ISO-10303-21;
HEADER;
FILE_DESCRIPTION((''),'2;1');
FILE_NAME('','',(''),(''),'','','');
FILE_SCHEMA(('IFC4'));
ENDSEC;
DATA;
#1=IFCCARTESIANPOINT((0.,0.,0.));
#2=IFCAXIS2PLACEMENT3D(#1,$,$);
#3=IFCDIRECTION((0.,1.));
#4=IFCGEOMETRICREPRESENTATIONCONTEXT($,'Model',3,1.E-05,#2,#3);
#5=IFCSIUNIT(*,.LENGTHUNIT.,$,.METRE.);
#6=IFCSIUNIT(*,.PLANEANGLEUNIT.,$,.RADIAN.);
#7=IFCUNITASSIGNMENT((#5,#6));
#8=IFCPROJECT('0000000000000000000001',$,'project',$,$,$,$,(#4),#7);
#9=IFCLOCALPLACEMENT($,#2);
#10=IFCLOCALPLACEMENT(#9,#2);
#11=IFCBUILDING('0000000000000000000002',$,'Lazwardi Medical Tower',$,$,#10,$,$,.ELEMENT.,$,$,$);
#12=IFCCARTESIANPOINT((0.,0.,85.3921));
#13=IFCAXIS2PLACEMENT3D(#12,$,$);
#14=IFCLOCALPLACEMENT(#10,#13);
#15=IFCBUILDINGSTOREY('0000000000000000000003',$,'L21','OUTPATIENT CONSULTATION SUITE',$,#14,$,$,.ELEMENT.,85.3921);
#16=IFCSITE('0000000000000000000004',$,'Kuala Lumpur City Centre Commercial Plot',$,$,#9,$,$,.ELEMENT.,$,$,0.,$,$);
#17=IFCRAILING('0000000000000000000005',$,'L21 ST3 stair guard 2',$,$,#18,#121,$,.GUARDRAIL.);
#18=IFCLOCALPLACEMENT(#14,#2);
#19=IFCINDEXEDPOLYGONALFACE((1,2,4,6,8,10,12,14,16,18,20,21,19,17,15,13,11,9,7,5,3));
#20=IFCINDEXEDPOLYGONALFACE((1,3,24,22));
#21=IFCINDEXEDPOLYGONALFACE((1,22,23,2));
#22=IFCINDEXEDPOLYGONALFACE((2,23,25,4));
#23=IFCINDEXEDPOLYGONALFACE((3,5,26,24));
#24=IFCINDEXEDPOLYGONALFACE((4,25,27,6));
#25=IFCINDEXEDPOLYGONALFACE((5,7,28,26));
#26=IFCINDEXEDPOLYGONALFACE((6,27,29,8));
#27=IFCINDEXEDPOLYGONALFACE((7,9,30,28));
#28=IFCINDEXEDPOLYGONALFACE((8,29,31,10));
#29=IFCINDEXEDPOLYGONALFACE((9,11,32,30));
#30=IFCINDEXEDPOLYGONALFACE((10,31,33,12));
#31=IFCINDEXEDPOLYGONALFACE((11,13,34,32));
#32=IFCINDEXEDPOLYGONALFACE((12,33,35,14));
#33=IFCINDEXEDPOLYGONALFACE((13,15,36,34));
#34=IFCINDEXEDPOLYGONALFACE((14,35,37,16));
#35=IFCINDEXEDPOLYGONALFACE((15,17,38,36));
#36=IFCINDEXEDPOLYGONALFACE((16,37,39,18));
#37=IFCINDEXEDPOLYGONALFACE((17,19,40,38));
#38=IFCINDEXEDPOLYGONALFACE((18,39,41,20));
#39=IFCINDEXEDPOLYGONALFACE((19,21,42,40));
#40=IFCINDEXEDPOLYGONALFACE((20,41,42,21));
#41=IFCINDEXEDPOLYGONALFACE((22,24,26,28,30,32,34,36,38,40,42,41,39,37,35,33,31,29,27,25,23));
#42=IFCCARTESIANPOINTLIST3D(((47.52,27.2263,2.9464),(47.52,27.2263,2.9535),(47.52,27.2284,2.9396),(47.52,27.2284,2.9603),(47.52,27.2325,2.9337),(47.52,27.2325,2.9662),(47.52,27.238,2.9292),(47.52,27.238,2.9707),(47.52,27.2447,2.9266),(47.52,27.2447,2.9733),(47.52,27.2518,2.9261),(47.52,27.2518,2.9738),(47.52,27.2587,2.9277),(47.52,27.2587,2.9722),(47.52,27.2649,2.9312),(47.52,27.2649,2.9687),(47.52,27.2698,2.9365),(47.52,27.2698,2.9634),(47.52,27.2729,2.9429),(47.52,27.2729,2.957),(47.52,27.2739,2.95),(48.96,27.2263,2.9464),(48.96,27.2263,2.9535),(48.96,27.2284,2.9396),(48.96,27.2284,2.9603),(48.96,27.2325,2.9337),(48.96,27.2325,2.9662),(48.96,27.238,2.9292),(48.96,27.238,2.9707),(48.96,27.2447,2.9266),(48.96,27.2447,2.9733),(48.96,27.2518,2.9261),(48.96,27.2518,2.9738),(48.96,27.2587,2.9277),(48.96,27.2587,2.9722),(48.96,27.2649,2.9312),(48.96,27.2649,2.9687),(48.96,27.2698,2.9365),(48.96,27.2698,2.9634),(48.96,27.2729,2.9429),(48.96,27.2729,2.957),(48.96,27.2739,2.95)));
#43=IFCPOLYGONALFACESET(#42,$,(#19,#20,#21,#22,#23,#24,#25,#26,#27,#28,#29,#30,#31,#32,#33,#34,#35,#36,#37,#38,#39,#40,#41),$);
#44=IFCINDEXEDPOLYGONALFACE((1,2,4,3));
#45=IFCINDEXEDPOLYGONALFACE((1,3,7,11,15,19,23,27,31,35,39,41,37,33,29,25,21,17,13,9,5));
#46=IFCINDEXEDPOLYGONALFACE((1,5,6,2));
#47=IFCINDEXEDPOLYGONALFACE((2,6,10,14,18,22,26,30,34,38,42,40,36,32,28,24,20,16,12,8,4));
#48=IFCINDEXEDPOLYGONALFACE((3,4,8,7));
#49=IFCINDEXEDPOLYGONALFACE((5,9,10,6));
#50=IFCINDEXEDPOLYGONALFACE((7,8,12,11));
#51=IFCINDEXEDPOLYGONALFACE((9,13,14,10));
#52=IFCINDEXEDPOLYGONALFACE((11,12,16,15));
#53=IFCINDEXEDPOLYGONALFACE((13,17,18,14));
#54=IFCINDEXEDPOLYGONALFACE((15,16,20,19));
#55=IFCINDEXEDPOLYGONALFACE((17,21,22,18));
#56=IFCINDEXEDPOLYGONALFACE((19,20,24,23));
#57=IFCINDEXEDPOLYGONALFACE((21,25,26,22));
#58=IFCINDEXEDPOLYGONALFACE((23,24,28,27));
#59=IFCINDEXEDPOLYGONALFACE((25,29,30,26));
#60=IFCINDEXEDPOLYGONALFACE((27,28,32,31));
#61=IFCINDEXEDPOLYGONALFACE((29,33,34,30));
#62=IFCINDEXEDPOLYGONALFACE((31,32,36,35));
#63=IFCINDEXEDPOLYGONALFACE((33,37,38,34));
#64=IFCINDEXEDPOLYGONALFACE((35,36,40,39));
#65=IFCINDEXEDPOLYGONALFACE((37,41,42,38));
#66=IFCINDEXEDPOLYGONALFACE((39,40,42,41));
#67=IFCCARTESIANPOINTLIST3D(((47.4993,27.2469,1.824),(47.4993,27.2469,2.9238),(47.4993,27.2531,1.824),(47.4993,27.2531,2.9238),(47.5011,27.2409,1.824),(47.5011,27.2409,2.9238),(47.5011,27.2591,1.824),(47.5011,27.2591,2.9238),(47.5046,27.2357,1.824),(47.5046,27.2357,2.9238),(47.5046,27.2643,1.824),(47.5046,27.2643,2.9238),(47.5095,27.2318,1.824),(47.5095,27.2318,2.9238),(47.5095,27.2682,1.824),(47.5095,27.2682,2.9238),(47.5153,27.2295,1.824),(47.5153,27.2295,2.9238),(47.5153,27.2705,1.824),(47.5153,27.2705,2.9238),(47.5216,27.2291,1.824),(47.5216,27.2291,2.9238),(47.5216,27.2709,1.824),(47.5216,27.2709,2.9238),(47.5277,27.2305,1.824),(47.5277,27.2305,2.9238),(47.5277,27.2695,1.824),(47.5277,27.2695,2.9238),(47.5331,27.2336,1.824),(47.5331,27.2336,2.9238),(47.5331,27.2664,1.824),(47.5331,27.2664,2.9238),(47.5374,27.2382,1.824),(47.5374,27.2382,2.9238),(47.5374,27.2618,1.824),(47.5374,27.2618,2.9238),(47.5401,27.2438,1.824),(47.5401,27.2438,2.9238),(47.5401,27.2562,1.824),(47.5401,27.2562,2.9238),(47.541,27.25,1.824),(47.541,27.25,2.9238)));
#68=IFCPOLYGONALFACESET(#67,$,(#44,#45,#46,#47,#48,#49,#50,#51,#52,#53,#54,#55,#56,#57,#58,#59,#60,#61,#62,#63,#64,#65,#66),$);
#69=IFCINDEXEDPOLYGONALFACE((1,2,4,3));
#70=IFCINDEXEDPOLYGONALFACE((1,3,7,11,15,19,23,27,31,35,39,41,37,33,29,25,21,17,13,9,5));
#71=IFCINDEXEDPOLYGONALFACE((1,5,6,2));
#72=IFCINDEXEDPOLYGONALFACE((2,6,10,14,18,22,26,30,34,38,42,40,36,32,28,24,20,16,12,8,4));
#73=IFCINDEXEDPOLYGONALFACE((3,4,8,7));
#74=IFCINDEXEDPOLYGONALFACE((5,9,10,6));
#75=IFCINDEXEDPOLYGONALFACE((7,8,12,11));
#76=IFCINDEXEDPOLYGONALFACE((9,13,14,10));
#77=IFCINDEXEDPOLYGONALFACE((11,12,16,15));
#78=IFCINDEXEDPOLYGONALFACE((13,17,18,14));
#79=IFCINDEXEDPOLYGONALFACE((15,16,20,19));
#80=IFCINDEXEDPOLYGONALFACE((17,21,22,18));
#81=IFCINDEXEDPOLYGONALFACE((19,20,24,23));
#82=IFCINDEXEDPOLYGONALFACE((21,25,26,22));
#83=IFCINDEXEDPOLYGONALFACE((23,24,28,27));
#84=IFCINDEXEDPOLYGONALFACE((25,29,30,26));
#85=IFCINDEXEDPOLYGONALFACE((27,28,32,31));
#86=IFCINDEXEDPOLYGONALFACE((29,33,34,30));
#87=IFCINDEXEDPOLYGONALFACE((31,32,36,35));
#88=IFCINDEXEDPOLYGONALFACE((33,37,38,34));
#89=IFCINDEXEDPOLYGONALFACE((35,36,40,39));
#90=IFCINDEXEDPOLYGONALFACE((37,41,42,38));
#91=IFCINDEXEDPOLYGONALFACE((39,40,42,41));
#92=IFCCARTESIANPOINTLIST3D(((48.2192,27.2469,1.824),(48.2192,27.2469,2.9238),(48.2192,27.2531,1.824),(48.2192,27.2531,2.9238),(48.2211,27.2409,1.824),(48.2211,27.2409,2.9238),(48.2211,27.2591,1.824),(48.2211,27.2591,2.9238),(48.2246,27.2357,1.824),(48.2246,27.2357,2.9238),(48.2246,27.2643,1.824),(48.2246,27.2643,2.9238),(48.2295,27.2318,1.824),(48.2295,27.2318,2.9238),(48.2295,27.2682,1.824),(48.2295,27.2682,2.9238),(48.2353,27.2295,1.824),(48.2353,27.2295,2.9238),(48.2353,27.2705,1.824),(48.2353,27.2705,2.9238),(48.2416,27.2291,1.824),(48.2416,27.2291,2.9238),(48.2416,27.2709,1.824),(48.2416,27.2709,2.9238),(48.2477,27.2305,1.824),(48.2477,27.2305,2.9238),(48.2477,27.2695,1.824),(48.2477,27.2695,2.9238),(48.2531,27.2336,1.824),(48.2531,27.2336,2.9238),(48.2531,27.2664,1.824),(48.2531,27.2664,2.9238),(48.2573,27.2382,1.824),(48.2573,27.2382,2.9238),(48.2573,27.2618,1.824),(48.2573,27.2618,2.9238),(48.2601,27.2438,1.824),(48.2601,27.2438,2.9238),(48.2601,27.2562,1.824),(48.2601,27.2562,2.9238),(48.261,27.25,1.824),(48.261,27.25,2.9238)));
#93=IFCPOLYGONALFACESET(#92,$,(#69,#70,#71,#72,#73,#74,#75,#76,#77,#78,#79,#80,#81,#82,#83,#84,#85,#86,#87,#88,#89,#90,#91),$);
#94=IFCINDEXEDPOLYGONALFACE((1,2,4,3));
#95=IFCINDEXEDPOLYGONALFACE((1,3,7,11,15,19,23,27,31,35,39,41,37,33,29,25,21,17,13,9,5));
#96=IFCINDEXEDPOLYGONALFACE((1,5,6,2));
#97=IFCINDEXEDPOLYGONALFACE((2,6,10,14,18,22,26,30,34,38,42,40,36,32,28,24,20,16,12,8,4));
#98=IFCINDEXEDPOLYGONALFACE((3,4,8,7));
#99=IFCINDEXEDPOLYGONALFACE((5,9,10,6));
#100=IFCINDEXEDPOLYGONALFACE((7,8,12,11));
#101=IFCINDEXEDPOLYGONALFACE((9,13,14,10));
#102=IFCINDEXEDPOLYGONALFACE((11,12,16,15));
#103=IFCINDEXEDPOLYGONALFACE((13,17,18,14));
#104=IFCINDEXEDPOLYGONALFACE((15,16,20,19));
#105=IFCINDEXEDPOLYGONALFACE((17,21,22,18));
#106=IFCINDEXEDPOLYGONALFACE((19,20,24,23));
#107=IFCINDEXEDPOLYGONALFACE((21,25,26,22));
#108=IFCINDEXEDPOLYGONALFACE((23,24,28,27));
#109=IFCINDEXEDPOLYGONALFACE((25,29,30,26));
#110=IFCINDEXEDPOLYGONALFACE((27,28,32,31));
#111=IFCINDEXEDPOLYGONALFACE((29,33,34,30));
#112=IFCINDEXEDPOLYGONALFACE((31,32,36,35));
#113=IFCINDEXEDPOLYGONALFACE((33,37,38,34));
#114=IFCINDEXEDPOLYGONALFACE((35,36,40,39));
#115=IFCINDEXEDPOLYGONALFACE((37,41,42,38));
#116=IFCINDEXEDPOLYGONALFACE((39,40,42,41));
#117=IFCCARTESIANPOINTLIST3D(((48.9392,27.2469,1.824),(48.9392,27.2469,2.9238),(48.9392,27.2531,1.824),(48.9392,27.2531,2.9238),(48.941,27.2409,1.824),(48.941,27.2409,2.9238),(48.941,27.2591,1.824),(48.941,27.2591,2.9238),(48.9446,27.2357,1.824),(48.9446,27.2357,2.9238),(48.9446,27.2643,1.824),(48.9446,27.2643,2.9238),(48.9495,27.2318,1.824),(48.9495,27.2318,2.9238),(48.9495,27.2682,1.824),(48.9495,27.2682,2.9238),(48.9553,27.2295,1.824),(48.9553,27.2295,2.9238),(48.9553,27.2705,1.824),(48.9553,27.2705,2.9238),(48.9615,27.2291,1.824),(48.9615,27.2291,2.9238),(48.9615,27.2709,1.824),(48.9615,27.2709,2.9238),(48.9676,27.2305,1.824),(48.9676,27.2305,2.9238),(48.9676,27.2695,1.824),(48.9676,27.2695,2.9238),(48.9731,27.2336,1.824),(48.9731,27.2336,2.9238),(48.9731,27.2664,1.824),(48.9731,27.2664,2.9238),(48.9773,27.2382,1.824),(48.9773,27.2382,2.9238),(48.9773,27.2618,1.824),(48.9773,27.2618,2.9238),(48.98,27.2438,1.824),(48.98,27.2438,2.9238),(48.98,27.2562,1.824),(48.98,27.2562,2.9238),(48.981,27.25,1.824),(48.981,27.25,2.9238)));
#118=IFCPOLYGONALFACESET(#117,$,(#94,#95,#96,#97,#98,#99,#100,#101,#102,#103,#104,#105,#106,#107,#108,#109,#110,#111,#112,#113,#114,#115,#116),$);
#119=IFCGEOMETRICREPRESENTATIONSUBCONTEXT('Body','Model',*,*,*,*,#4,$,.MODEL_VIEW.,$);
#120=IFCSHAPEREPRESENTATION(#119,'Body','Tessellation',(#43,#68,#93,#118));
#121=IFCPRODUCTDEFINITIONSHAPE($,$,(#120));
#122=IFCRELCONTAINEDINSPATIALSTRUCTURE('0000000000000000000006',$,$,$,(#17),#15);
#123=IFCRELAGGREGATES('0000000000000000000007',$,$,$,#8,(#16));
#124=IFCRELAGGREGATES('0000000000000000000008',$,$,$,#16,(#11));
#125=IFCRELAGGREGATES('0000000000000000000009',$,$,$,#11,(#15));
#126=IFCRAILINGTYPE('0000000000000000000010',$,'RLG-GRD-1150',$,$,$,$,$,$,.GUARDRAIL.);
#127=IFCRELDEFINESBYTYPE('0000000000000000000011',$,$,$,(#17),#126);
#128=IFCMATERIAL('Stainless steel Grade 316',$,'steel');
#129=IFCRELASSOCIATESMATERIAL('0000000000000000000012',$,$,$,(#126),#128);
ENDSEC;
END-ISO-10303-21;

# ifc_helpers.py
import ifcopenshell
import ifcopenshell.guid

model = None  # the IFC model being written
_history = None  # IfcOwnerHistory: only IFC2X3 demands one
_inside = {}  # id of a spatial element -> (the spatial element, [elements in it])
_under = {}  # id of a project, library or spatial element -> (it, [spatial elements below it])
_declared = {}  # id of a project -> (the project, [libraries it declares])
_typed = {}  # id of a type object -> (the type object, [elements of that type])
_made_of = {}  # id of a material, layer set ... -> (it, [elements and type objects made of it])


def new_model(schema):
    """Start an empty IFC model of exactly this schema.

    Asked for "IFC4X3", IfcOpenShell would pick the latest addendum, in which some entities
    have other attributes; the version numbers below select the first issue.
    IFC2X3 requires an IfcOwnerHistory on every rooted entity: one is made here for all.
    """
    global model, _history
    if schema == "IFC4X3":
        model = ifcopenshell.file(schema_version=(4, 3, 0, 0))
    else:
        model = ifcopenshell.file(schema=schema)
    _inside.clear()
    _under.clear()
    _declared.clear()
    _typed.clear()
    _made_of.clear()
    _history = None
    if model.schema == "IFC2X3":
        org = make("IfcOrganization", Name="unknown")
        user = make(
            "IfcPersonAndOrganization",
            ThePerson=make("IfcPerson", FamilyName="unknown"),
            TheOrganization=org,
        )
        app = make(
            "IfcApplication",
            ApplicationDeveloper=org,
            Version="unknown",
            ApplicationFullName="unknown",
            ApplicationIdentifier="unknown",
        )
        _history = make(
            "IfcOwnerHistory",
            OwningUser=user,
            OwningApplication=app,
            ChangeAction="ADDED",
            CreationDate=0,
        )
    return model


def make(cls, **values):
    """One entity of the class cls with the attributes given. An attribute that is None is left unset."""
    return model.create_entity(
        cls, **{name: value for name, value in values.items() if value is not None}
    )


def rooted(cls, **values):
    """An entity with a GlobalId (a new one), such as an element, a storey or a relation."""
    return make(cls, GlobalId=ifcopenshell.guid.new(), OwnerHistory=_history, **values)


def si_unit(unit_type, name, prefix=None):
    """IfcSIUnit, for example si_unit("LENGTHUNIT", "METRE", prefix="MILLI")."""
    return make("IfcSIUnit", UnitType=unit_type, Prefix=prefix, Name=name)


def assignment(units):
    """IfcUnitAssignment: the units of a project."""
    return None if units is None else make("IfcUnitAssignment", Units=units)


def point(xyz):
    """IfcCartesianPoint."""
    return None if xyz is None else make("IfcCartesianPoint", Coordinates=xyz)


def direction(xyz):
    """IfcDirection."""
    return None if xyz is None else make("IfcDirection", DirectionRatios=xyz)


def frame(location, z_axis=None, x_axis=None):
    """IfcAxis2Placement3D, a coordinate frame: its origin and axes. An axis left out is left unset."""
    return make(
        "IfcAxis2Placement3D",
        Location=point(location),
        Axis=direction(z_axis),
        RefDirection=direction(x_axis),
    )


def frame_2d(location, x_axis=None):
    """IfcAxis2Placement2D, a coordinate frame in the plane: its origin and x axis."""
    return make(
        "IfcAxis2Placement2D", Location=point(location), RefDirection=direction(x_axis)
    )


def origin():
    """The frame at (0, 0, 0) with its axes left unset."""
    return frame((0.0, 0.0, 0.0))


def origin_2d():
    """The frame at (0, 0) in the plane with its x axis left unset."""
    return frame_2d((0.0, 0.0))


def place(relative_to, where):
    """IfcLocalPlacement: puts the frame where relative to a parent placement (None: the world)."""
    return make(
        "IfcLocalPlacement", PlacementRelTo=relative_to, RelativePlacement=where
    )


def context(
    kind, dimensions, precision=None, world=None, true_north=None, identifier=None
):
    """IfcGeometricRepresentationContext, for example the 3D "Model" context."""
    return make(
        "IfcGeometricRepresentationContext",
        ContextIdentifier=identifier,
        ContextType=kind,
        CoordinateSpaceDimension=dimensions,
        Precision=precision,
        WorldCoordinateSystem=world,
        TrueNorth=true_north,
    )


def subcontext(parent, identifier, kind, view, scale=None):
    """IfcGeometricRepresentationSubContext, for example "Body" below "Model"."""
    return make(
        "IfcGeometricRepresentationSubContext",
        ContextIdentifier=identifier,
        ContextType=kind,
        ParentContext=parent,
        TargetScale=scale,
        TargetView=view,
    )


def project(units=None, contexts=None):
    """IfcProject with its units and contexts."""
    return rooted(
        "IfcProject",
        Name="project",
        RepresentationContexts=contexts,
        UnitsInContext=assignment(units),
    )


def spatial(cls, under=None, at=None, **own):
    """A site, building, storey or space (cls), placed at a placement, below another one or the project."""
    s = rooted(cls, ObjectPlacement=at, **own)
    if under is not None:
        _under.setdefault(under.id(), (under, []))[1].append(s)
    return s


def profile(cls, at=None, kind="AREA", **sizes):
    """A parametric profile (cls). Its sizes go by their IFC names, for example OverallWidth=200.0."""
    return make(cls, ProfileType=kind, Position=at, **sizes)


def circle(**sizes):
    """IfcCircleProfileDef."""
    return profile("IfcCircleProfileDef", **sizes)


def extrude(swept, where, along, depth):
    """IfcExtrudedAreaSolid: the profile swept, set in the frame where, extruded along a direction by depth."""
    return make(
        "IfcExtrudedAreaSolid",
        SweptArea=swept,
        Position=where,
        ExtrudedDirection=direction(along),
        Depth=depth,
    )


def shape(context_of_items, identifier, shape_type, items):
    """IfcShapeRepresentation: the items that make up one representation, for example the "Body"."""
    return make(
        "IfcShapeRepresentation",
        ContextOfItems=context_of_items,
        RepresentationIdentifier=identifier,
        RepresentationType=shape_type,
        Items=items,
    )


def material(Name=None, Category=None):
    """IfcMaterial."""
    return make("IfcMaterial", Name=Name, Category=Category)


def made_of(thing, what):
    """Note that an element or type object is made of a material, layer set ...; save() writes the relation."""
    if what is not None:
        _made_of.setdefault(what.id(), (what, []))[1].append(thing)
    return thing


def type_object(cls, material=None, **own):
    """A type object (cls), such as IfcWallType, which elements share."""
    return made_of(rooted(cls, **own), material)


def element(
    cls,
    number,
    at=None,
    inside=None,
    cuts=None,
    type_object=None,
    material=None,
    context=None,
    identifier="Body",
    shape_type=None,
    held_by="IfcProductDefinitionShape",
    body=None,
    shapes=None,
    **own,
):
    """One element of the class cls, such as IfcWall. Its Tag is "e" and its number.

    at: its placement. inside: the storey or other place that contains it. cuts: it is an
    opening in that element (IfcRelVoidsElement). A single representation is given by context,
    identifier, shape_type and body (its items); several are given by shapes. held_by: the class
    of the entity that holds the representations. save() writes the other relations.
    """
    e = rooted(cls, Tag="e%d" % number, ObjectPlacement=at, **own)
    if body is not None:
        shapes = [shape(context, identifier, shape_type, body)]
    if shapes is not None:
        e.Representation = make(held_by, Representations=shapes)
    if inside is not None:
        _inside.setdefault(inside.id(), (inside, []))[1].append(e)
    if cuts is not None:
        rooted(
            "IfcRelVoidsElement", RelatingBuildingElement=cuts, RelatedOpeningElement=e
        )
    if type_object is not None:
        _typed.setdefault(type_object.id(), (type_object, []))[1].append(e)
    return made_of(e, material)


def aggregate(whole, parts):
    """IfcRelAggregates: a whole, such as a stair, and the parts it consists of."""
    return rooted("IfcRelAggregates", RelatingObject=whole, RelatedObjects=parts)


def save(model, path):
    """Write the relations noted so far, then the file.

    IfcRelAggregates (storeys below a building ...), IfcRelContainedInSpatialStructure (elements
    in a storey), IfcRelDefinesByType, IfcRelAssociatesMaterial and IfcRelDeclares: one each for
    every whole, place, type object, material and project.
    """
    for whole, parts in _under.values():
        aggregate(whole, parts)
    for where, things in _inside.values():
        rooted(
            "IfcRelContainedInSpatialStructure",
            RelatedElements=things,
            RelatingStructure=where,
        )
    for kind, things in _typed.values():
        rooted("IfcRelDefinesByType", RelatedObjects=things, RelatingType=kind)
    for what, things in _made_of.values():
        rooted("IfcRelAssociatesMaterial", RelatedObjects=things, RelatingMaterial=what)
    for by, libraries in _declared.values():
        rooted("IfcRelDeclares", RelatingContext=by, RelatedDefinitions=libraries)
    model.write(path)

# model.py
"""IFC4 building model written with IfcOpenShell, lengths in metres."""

from ifc_helpers import new_model, si_unit, direction, frame, origin, origin_2d, place, context, subcontext, project, spatial, circle, extrude, material, type_object, element, save


model = new_model("IFC4")

# Units and contexts
model_context = context("Model", 3, precision=1e-05, world=origin(), true_north=direction((0.0, 1.0)))
body_context = subcontext(model_context, "Body", "Model", "MODEL_VIEW")
ifc_project = project(units=[si_unit("LENGTHUNIT", "METRE"), si_unit("PLANEANGLEUNIT", "RADIAN")], contexts=[model_context])

# Site, building, storey
site_placement = place(None, origin())
site = spatial("IfcSite", under=ifc_project, at=site_placement, Name="Kuala Lumpur City Centre Commercial Plot", CompositionType="ELEMENT", RefElevation=0.0)
building_placement = place(site_placement, origin())
building = spatial("IfcBuilding", under=site, at=building_placement, Name="Lazwardi Medical Tower", CompositionType="ELEMENT")
storey_placement = place(building_placement, frame((0.0, 0.0, 85.3921)))
storey = spatial("IfcBuildingStorey", under=building, at=storey_placement, Name="L21", Description="OUTPATIENT CONSULTATION SUITE", CompositionType="ELEMENT", Elevation=85.3921)

# Railing
ifc_material_1 = material(Name="Stainless steel Grade 316", Category="steel")
railing_type_1 = type_object("IfcRailingType", Name="RLG-GRD-1150", PredefinedType="GUARDRAIL", material=ifc_material_1)
railing_1_placement = place(storey_placement, frame((47.52, 27.25, 1.824)))
element("IfcRailing", 1, at=railing_1_placement, inside=storey, type_object=railing_type_1, Name="L21 ST3 stair guard 2", PredefinedType="GUARDRAIL", context=body_context, shape_type="SweptSolid", body=[
    extrude(circle(Radius=0.0239, at=origin_2d()), frame((0.0, 0.0, 1.126), z_axis=(1.0, 0.0, 0.0), x_axis=(0.0, 1.0, 0.0)), (0.0, 0.0, 1.0), 1.4399),
    extrude(circle(Radius=0.021, at=origin_2d()), origin(), (0.0, 0.0, 1.0), 1.0999),
    extrude(circle(Radius=0.021, at=origin_2d()), frame((0.72, 0.0, 0.0)), (0.0, 0.0, 1.0), 1.0999),
    extrude(circle(Radius=0.021, at=origin_2d()), frame((1.4399, 0.0, 0.0)), (0.0, 0.0, 1.0), 1.0999),
])

save(model, "model.ifc")
